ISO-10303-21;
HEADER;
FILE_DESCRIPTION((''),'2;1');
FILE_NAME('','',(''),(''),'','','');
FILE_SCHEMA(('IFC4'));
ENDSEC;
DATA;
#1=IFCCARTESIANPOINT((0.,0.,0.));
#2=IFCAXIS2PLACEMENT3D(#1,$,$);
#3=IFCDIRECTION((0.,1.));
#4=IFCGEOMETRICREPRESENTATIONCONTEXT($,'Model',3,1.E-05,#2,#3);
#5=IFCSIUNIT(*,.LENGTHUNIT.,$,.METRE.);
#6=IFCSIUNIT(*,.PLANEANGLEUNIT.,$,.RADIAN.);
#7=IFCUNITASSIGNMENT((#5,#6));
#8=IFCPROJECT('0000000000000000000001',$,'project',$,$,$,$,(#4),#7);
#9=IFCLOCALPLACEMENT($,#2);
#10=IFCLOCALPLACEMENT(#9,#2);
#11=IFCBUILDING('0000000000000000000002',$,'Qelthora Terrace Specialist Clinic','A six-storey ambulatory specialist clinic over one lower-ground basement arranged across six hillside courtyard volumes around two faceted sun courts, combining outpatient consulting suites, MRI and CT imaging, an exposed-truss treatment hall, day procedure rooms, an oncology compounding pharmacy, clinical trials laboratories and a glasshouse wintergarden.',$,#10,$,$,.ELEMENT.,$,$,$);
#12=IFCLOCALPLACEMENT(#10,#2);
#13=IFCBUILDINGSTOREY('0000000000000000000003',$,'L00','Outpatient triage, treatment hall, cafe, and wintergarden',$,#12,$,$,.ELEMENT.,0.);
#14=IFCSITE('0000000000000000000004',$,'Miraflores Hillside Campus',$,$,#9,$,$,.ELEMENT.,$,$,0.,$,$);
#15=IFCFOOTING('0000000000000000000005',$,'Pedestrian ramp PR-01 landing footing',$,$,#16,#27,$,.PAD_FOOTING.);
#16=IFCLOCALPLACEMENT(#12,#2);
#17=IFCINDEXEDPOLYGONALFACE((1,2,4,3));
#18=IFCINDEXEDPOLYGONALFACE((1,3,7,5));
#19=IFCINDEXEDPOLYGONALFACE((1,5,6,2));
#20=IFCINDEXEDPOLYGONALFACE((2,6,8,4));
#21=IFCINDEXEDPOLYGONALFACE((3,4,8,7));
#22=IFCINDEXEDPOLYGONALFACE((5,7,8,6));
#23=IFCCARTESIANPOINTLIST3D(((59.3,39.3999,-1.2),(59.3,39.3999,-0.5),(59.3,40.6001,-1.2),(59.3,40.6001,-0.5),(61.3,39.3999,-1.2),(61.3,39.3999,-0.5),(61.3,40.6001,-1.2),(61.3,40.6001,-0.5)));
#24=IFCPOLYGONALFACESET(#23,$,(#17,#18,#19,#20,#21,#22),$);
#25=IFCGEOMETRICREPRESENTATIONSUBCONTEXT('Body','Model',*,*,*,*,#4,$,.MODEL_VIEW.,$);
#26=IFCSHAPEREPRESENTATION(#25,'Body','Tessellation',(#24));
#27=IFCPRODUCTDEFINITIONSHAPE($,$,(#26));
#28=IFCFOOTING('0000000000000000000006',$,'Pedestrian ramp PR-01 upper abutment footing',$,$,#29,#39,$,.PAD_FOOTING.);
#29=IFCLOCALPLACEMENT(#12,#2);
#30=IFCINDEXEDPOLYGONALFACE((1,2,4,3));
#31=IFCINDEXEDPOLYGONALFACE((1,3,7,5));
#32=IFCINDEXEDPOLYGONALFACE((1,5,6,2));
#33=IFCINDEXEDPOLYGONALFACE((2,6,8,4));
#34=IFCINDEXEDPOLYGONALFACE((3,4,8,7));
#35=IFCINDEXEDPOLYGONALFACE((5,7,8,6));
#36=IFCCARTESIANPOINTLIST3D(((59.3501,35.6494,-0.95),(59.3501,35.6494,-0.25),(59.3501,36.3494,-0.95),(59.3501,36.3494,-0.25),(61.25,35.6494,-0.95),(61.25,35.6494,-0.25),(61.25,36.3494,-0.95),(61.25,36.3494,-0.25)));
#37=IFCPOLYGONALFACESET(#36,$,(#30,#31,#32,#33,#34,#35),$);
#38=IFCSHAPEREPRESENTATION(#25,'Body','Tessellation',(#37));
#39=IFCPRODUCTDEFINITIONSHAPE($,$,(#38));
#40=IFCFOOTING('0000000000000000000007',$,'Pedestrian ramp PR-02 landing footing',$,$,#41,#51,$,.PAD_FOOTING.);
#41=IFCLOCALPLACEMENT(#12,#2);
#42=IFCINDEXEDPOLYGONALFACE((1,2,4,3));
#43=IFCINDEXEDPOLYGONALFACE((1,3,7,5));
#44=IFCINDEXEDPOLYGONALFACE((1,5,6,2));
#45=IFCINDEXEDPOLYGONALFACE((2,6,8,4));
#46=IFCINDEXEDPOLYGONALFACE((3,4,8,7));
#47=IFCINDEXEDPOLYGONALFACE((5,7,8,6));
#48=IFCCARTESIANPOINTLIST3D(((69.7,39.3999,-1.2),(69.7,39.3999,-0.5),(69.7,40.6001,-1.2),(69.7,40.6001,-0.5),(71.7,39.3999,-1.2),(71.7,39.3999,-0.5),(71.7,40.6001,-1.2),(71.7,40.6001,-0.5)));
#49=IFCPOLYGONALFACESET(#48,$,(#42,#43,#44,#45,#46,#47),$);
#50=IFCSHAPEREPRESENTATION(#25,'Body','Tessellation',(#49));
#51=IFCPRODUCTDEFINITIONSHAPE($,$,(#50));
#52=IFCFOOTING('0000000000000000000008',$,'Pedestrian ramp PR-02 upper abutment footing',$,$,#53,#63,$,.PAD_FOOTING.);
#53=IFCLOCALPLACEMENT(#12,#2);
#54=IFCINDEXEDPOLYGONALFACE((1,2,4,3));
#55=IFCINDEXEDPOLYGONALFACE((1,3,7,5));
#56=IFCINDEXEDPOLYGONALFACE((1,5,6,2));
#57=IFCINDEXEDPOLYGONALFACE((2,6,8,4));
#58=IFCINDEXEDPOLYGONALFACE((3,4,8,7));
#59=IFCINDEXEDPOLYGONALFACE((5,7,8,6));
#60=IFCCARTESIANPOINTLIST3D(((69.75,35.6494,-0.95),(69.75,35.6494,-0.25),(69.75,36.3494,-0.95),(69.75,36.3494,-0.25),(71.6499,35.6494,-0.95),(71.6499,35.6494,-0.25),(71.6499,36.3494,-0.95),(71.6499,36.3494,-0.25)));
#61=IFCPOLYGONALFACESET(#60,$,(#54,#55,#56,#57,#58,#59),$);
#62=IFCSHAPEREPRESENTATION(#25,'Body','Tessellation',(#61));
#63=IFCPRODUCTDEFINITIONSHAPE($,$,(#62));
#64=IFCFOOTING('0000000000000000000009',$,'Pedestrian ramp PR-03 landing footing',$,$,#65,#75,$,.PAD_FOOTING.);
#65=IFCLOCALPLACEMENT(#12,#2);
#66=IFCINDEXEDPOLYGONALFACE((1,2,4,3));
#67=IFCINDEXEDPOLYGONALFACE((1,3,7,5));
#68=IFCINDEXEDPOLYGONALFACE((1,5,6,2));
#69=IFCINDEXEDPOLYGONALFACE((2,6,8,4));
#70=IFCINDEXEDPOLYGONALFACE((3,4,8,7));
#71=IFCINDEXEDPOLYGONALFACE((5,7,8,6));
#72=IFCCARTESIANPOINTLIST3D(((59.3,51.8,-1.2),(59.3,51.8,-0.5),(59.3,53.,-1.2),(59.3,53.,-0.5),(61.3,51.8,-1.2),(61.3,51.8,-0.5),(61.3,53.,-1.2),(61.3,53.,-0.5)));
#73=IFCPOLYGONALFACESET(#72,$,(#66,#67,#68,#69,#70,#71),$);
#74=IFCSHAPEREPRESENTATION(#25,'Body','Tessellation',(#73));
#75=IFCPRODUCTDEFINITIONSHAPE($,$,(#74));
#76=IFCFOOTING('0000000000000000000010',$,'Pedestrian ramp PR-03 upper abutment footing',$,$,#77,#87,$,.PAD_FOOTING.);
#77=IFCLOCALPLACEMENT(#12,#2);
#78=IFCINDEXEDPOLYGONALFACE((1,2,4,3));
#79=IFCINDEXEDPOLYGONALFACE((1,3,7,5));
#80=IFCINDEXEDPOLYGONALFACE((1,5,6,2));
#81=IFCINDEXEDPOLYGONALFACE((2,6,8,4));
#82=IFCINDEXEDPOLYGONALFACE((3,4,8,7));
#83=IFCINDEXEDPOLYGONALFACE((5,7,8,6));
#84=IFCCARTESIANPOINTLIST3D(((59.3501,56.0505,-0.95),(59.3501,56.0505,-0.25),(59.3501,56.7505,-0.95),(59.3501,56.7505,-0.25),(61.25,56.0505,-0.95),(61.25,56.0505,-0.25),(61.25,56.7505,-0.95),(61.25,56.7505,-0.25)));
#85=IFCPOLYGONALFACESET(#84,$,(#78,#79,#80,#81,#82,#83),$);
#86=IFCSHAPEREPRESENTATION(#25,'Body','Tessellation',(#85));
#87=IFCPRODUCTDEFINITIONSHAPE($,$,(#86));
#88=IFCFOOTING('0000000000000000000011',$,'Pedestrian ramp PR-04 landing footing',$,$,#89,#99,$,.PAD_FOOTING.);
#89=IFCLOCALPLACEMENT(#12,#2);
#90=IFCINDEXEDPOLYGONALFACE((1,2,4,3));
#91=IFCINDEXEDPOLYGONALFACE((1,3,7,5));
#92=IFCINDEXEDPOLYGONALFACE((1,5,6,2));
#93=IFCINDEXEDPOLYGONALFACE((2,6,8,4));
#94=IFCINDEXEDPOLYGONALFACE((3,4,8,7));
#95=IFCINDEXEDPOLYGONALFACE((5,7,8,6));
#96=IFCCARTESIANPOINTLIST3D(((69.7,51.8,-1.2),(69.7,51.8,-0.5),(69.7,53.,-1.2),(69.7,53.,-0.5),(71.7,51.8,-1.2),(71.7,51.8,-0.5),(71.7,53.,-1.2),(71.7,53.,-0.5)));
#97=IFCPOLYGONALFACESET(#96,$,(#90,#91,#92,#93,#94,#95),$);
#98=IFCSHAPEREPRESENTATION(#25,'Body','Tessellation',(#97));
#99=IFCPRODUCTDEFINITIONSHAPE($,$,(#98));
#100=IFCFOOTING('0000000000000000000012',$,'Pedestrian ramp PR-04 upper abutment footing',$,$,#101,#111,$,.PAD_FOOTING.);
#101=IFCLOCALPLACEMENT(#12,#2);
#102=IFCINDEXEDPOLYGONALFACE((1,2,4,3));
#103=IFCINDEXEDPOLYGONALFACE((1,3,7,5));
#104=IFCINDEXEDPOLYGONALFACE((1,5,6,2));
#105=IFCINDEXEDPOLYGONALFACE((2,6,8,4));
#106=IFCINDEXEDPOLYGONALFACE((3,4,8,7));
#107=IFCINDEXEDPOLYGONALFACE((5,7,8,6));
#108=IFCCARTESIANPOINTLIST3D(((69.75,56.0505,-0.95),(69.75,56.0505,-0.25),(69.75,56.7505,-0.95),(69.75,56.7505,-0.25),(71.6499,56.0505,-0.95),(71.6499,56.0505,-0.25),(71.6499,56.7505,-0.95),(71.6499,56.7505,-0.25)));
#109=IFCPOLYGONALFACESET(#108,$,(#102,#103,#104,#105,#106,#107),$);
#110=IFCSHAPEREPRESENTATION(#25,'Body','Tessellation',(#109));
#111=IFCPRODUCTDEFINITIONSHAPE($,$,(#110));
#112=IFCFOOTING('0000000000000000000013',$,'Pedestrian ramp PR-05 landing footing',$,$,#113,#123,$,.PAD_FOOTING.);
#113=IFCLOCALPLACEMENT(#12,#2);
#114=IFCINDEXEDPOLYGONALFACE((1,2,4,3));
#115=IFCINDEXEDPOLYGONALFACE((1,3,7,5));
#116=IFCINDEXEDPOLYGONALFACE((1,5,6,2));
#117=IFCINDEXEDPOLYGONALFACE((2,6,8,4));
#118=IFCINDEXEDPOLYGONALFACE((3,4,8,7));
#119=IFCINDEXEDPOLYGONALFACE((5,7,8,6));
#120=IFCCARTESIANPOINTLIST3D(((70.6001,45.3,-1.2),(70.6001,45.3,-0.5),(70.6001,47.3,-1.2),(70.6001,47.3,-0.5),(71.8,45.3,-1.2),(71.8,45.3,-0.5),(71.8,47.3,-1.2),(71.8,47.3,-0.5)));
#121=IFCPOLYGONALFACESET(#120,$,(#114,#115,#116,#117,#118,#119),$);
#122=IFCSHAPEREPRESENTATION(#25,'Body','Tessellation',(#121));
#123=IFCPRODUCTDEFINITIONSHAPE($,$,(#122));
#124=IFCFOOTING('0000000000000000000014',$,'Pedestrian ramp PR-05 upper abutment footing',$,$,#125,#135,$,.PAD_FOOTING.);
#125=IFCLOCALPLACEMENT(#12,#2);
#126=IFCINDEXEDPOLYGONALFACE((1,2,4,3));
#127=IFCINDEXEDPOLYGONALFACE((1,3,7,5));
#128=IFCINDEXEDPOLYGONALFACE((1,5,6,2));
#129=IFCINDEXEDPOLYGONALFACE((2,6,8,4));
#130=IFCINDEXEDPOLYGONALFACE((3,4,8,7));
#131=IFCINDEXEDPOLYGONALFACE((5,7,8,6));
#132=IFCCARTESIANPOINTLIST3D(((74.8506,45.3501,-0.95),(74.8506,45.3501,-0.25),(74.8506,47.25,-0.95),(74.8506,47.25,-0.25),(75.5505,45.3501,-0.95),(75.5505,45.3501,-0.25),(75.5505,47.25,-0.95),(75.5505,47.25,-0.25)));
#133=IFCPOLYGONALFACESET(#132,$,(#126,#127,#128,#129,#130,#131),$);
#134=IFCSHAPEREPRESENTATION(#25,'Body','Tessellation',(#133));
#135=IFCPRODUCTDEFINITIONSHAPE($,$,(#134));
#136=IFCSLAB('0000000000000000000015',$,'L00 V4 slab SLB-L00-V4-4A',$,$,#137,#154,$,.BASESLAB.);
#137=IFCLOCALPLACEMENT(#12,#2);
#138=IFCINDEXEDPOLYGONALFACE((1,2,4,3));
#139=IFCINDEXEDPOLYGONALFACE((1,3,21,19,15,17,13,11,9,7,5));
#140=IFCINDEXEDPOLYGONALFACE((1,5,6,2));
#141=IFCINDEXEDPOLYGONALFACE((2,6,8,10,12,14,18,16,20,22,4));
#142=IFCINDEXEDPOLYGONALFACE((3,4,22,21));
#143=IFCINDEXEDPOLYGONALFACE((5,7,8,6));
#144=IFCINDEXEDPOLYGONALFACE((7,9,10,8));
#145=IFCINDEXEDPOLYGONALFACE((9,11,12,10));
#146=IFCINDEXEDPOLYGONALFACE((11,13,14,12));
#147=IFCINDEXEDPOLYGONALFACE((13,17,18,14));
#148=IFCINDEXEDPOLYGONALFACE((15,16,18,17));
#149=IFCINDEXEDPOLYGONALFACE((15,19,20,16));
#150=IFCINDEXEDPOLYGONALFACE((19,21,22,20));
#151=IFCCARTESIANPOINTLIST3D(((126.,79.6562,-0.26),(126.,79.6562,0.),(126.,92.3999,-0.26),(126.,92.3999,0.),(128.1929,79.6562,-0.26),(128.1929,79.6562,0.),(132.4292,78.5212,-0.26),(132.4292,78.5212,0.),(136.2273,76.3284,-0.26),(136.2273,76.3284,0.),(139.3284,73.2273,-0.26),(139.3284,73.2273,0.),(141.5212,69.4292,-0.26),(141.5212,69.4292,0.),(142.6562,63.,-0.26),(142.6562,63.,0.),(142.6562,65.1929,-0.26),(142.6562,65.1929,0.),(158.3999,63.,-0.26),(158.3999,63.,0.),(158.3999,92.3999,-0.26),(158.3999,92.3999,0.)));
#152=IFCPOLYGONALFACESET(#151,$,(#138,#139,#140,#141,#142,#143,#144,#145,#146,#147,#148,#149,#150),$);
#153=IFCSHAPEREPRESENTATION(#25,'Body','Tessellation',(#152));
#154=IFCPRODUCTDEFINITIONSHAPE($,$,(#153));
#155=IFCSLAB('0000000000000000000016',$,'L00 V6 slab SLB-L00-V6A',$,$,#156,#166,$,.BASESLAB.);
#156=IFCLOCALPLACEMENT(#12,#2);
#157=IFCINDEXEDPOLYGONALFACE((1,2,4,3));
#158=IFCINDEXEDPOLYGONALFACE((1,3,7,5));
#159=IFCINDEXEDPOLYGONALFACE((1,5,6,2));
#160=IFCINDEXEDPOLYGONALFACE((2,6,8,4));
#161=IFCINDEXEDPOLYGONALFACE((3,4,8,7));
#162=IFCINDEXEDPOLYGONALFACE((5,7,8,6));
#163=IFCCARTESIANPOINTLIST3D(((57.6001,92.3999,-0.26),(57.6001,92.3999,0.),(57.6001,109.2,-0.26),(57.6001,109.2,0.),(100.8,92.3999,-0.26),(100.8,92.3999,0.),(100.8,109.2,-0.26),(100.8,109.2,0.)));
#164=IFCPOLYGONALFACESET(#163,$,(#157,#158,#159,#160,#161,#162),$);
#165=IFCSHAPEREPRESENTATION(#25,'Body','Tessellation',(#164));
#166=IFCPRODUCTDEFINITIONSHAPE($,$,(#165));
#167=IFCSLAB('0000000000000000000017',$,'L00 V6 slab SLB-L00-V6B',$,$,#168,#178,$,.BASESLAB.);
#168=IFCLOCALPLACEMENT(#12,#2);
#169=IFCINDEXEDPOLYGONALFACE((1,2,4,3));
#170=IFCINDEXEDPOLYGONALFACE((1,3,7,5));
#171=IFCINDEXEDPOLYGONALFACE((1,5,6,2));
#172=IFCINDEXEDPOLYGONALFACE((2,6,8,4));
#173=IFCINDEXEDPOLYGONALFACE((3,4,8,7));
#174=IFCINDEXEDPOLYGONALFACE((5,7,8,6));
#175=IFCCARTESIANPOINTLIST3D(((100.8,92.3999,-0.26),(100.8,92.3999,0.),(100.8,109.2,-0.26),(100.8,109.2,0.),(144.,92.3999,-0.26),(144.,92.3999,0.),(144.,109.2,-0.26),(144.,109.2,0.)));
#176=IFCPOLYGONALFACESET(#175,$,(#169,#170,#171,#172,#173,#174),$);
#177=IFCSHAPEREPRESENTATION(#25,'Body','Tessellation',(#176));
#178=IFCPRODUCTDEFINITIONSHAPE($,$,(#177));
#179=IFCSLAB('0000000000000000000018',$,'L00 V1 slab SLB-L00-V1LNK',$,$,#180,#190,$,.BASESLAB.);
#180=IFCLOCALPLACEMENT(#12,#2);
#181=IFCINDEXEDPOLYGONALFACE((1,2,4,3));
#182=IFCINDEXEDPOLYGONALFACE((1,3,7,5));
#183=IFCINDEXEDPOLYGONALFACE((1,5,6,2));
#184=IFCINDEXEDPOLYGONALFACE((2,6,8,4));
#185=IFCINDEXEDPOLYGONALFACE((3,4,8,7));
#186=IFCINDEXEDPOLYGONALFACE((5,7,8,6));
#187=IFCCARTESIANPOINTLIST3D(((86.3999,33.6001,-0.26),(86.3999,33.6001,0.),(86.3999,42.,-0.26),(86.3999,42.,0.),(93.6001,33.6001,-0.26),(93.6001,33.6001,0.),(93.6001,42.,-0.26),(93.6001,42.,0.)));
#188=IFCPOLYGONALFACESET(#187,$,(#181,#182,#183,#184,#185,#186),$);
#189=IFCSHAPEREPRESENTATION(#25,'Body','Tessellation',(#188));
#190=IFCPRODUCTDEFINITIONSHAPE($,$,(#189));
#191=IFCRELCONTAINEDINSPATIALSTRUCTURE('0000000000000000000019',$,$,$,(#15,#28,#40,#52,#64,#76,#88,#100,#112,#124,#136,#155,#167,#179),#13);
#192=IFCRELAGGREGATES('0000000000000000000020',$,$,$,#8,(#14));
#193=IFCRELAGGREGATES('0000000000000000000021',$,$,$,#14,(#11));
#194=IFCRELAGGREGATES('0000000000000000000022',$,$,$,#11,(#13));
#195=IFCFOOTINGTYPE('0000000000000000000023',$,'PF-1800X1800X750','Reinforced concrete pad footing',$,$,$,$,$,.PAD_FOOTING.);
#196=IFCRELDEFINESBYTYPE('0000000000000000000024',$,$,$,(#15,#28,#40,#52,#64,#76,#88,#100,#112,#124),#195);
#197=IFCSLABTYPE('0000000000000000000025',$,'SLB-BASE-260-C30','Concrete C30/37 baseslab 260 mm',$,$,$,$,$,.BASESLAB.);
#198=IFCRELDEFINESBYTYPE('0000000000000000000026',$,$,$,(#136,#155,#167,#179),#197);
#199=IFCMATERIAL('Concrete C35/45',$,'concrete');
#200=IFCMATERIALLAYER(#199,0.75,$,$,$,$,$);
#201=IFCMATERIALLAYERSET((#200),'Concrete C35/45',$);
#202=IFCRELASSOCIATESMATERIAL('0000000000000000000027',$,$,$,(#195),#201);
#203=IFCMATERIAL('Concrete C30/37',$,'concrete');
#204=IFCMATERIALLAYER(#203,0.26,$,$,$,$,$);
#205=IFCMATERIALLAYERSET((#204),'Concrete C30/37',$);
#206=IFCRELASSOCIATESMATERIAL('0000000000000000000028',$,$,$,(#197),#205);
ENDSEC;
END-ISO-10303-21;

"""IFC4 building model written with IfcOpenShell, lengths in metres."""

from ifc_helpers import new_model, si_unit, direction, frame, origin, place, context, subcontext, project, spatial, polyline, outline, extrude, material, layer, layer_set, type_object, element, save


model = new_model("IFC4")

# Units and contexts
model_context = context("Model", 3, precision=1e-05, world=origin(), true_north=direction((0.0, 1.0)))
body_context = subcontext(model_context, "Body", "Model", "MODEL_VIEW")
ifc_project = project(units=[si_unit("LENGTHUNIT", "METRE"), si_unit("PLANEANGLEUNIT", "RADIAN")], contexts=[model_context])

# Site, building, storey
site_placement = place(None, origin())
site = spatial("IfcSite", under=ifc_project, at=site_placement, Name="Miraflores Hillside Campus", CompositionType="ELEMENT", RefElevation=0.0)
building_placement = place(site_placement, origin())
building = spatial("IfcBuilding", under=site, at=building_placement, Name="Qelthora Terrace Specialist Clinic", Description="A six-storey ambulatory specialist clinic over one lower-ground basement arranged across six hillside courtyard volumes around two faceted sun courts, combining outpatient consulting suites, MRI and CT imaging, an exposed-truss treatment hall, day procedure rooms, an oncology compounding pharmacy, clinical trials laboratories and a glasshouse wintergarden.", CompositionType="ELEMENT")
storey_placement = place(building_placement, origin())
storey = spatial("IfcBuildingStorey", under=building, at=storey_placement, Name="L00", Description="Outpatient triage, treatment hall, cafe, and wintergarden", CompositionType="ELEMENT", Elevation=0.0)

# Footings
ifc_material_1 = material(Name="Concrete C35/45", Category="concrete")
ifc_layer_1 = layer(ifc_material_1, 0.75)
ifc_layer_set_1 = layer_set([ifc_layer_1], Name="Concrete C35/45")
footing_type = type_object("IfcFootingType", Name="PF-1800X1800X750", Description="Reinforced concrete pad footing", PredefinedType="PAD_FOOTING", material=ifc_layer_set_1)
footing_1_placement = place(storey_placement, frame((0.0, 0.0, -1.2)))
element("IfcFooting", 1, at=footing_1_placement, inside=storey, type_object=footing_type, Name="Pedestrian ramp PR-01 landing footing", PredefinedType="PAD_FOOTING", context=body_context, shape_type="SweptSolid", body=[
    extrude(outline(polyline([(59.3, 39.3999), (61.3, 39.3999), (61.3, 40.6001), (59.3, 40.6001), (59.3, 39.3999)])), origin(), (0.0, 0.0, 1.0), 0.7),
])
footing_2_placement = place(storey_placement, frame((0.0, 0.0, -0.95)))
element("IfcFooting", 2, at=footing_2_placement, inside=storey, type_object=footing_type, Name="Pedestrian ramp PR-01 upper abutment footing", PredefinedType="PAD_FOOTING", context=body_context, shape_type="SweptSolid", body=[
    extrude(outline(polyline([(59.3501, 35.6494), (61.25, 35.6494), (61.25, 36.3494), (59.3501, 36.3494), (59.3501, 35.6494)])), origin(), (0.0, 0.0, 1.0), 0.7),
])
footing_3_placement = place(storey_placement, frame((0.0, 0.0, -1.2)))
element("IfcFooting", 3, at=footing_3_placement, inside=storey, type_object=footing_type, Name="Pedestrian ramp PR-02 landing footing", PredefinedType="PAD_FOOTING", context=body_context, shape_type="SweptSolid", body=[
    extrude(outline(polyline([(69.7, 39.3999), (71.7, 39.3999), (71.7, 40.6001), (69.7, 40.6001), (69.7, 39.3999)])), origin(), (0.0, 0.0, 1.0), 0.7),
])
footing_4_placement = place(storey_placement, frame((0.0, 0.0, -0.95)))
element("IfcFooting", 4, at=footing_4_placement, inside=storey, type_object=footing_type, Name="Pedestrian ramp PR-02 upper abutment footing", PredefinedType="PAD_FOOTING", context=body_context, shape_type="SweptSolid", body=[
    extrude(outline(polyline([(69.75, 35.6494), (71.6499, 35.6494), (71.6499, 36.3494), (69.75, 36.3494), (69.75, 35.6494)])), origin(), (0.0, 0.0, 1.0), 0.7),
])
footing_5_placement = place(storey_placement, frame((0.0, 0.0, -1.2)))
element("IfcFooting", 5, at=footing_5_placement, inside=storey, type_object=footing_type, Name="Pedestrian ramp PR-03 landing footing", PredefinedType="PAD_FOOTING", context=body_context, shape_type="SweptSolid", body=[
    extrude(outline(polyline([(59.3, 51.8), (61.3, 51.8), (61.3, 53.0), (59.3, 53.0), (59.3, 51.8)])), origin(), (0.0, 0.0, 1.0), 0.7),
])
footing_6_placement = place(storey_placement, frame((0.0, 0.0, -0.95)))
element("IfcFooting", 6, at=footing_6_placement, inside=storey, type_object=footing_type, Name="Pedestrian ramp PR-03 upper abutment footing", PredefinedType="PAD_FOOTING", context=body_context, shape_type="SweptSolid", body=[
    extrude(outline(polyline([(59.3501, 56.0505), (61.25, 56.0505), (61.25, 56.7505), (59.3501, 56.7505), (59.3501, 56.0505)])), origin(), (0.0, 0.0, 1.0), 0.7),
])
footing_7_placement = place(storey_placement, frame((0.0, 0.0, -1.2)))
element("IfcFooting", 7, at=footing_7_placement, inside=storey, type_object=footing_type, Name="Pedestrian ramp PR-04 landing footing", PredefinedType="PAD_FOOTING", context=body_context, shape_type="SweptSolid", body=[
    extrude(outline(polyline([(69.7, 51.8), (71.7, 51.8), (71.7, 53.0), (69.7, 53.0), (69.7, 51.8)])), origin(), (0.0, 0.0, 1.0), 0.7),
])
footing_8_placement = place(storey_placement, frame((0.0, 0.0, -0.95)))
element("IfcFooting", 8, at=footing_8_placement, inside=storey, type_object=footing_type, Name="Pedestrian ramp PR-04 upper abutment footing", PredefinedType="PAD_FOOTING", context=body_context, shape_type="SweptSolid", body=[
    extrude(outline(polyline([(69.75, 56.0505), (71.6499, 56.0505), (71.6499, 56.7505), (69.75, 56.7505), (69.75, 56.0505)])), origin(), (0.0, 0.0, 1.0), 0.7),
])
footing_9_placement = place(storey_placement, frame((0.0, 0.0, -1.2)))
element("IfcFooting", 9, at=footing_9_placement, inside=storey, type_object=footing_type, Name="Pedestrian ramp PR-05 landing footing", PredefinedType="PAD_FOOTING", context=body_context, shape_type="SweptSolid", body=[
    extrude(outline(polyline([(70.6001, 45.3), (71.8, 45.3), (71.8, 47.3), (70.6001, 47.3), (70.6001, 45.3)])), origin(), (0.0, 0.0, 1.0), 0.7),
])
footing_10_placement = place(storey_placement, frame((0.0, 0.0, -0.95)))
element("IfcFooting", 10, at=footing_10_placement, inside=storey, type_object=footing_type, Name="Pedestrian ramp PR-05 upper abutment footing", PredefinedType="PAD_FOOTING", context=body_context, shape_type="SweptSolid", body=[
    extrude(outline(polyline([(74.8506, 45.3501), (75.5505, 45.3501), (75.5505, 47.25), (74.8506, 47.25), (74.8506, 45.3501)])), origin(), (0.0, 0.0, 1.0), 0.7),
])

# Slabs
ifc_material_2 = material(Name="Concrete C30/37", Category="concrete")
ifc_layer_2 = layer(ifc_material_2, 0.26)
ifc_layer_set_2 = layer_set([ifc_layer_2], Name="Concrete C30/37")
slab_type_1 = type_object("IfcSlabType", Name="SLB-BASE-260-C30", Description="Concrete C30/37 baseslab 260 mm", PredefinedType="BASESLAB", material=ifc_layer_set_2)
slab_1_placement = place(storey_placement, frame((0.0, 0.0, -0.26)))
element("IfcSlab", 11, at=slab_1_placement, inside=storey, type_object=slab_type_1, Name="L00 V4 slab SLB-L00-V4-4A", PredefinedType="BASESLAB", context=body_context, shape_type="SweptSolid", body=[
    extrude(outline(polyline([(158.3999, 92.3999), (158.3999, 63.0), (142.6562, 63.0), (142.6562, 65.1929), (141.5212, 69.4292), (139.3284, 73.2273), (136.2273, 76.3284), (132.4292, 78.5212), (128.1929, 79.6562), (126.0, 79.6562), (126.0, 92.3999), (158.3999, 92.3999)])), origin(), (0.0, 0.0, 1.0), 0.26),
])
slab_2_placement = place(storey_placement, frame((0.0, 0.0, -0.26)))
element("IfcSlab", 12, at=slab_2_placement, inside=storey, type_object=slab_type_1, Name="L00 V6 slab SLB-L00-V6A", PredefinedType="BASESLAB", context=body_context, shape_type="SweptSolid", body=[
    extrude(outline(polyline([(57.6001, 109.2), (100.8, 109.2), (100.8, 92.3999), (57.6001, 92.3999), (57.6001, 109.2)])), origin(), (0.0, 0.0, 1.0), 0.26),
])
slab_3_placement = place(storey_placement, frame((0.0, 0.0, -0.26)))
element("IfcSlab", 13, at=slab_3_placement, inside=storey, type_object=slab_type_1, Name="L00 V6 slab SLB-L00-V6B", PredefinedType="BASESLAB", context=body_context, shape_type="SweptSolid", body=[
    extrude(outline(polyline([(100.8, 109.2), (144.0, 109.2), (144.0, 92.3999), (100.8, 92.3999), (100.8, 109.2)])), origin(), (0.0, 0.0, 1.0), 0.26),
])
slab_4_placement = place(storey_placement, frame((0.0, 0.0, -0.26)))
element("IfcSlab", 14, at=slab_4_placement, inside=storey, type_object=slab_type_1, Name="L00 V1 slab SLB-L00-V1LNK", PredefinedType="BASESLAB", context=body_context, shape_type="SweptSolid", body=[
    extrude(outline(polyline([(86.3999, 42.0), (93.6001, 42.0), (93.6001, 33.6001), (86.3999, 33.6001), (86.3999, 42.0)])), origin(), (0.0, 0.0, 1.0), 0.26),
])

save(model, "model.ifc")
